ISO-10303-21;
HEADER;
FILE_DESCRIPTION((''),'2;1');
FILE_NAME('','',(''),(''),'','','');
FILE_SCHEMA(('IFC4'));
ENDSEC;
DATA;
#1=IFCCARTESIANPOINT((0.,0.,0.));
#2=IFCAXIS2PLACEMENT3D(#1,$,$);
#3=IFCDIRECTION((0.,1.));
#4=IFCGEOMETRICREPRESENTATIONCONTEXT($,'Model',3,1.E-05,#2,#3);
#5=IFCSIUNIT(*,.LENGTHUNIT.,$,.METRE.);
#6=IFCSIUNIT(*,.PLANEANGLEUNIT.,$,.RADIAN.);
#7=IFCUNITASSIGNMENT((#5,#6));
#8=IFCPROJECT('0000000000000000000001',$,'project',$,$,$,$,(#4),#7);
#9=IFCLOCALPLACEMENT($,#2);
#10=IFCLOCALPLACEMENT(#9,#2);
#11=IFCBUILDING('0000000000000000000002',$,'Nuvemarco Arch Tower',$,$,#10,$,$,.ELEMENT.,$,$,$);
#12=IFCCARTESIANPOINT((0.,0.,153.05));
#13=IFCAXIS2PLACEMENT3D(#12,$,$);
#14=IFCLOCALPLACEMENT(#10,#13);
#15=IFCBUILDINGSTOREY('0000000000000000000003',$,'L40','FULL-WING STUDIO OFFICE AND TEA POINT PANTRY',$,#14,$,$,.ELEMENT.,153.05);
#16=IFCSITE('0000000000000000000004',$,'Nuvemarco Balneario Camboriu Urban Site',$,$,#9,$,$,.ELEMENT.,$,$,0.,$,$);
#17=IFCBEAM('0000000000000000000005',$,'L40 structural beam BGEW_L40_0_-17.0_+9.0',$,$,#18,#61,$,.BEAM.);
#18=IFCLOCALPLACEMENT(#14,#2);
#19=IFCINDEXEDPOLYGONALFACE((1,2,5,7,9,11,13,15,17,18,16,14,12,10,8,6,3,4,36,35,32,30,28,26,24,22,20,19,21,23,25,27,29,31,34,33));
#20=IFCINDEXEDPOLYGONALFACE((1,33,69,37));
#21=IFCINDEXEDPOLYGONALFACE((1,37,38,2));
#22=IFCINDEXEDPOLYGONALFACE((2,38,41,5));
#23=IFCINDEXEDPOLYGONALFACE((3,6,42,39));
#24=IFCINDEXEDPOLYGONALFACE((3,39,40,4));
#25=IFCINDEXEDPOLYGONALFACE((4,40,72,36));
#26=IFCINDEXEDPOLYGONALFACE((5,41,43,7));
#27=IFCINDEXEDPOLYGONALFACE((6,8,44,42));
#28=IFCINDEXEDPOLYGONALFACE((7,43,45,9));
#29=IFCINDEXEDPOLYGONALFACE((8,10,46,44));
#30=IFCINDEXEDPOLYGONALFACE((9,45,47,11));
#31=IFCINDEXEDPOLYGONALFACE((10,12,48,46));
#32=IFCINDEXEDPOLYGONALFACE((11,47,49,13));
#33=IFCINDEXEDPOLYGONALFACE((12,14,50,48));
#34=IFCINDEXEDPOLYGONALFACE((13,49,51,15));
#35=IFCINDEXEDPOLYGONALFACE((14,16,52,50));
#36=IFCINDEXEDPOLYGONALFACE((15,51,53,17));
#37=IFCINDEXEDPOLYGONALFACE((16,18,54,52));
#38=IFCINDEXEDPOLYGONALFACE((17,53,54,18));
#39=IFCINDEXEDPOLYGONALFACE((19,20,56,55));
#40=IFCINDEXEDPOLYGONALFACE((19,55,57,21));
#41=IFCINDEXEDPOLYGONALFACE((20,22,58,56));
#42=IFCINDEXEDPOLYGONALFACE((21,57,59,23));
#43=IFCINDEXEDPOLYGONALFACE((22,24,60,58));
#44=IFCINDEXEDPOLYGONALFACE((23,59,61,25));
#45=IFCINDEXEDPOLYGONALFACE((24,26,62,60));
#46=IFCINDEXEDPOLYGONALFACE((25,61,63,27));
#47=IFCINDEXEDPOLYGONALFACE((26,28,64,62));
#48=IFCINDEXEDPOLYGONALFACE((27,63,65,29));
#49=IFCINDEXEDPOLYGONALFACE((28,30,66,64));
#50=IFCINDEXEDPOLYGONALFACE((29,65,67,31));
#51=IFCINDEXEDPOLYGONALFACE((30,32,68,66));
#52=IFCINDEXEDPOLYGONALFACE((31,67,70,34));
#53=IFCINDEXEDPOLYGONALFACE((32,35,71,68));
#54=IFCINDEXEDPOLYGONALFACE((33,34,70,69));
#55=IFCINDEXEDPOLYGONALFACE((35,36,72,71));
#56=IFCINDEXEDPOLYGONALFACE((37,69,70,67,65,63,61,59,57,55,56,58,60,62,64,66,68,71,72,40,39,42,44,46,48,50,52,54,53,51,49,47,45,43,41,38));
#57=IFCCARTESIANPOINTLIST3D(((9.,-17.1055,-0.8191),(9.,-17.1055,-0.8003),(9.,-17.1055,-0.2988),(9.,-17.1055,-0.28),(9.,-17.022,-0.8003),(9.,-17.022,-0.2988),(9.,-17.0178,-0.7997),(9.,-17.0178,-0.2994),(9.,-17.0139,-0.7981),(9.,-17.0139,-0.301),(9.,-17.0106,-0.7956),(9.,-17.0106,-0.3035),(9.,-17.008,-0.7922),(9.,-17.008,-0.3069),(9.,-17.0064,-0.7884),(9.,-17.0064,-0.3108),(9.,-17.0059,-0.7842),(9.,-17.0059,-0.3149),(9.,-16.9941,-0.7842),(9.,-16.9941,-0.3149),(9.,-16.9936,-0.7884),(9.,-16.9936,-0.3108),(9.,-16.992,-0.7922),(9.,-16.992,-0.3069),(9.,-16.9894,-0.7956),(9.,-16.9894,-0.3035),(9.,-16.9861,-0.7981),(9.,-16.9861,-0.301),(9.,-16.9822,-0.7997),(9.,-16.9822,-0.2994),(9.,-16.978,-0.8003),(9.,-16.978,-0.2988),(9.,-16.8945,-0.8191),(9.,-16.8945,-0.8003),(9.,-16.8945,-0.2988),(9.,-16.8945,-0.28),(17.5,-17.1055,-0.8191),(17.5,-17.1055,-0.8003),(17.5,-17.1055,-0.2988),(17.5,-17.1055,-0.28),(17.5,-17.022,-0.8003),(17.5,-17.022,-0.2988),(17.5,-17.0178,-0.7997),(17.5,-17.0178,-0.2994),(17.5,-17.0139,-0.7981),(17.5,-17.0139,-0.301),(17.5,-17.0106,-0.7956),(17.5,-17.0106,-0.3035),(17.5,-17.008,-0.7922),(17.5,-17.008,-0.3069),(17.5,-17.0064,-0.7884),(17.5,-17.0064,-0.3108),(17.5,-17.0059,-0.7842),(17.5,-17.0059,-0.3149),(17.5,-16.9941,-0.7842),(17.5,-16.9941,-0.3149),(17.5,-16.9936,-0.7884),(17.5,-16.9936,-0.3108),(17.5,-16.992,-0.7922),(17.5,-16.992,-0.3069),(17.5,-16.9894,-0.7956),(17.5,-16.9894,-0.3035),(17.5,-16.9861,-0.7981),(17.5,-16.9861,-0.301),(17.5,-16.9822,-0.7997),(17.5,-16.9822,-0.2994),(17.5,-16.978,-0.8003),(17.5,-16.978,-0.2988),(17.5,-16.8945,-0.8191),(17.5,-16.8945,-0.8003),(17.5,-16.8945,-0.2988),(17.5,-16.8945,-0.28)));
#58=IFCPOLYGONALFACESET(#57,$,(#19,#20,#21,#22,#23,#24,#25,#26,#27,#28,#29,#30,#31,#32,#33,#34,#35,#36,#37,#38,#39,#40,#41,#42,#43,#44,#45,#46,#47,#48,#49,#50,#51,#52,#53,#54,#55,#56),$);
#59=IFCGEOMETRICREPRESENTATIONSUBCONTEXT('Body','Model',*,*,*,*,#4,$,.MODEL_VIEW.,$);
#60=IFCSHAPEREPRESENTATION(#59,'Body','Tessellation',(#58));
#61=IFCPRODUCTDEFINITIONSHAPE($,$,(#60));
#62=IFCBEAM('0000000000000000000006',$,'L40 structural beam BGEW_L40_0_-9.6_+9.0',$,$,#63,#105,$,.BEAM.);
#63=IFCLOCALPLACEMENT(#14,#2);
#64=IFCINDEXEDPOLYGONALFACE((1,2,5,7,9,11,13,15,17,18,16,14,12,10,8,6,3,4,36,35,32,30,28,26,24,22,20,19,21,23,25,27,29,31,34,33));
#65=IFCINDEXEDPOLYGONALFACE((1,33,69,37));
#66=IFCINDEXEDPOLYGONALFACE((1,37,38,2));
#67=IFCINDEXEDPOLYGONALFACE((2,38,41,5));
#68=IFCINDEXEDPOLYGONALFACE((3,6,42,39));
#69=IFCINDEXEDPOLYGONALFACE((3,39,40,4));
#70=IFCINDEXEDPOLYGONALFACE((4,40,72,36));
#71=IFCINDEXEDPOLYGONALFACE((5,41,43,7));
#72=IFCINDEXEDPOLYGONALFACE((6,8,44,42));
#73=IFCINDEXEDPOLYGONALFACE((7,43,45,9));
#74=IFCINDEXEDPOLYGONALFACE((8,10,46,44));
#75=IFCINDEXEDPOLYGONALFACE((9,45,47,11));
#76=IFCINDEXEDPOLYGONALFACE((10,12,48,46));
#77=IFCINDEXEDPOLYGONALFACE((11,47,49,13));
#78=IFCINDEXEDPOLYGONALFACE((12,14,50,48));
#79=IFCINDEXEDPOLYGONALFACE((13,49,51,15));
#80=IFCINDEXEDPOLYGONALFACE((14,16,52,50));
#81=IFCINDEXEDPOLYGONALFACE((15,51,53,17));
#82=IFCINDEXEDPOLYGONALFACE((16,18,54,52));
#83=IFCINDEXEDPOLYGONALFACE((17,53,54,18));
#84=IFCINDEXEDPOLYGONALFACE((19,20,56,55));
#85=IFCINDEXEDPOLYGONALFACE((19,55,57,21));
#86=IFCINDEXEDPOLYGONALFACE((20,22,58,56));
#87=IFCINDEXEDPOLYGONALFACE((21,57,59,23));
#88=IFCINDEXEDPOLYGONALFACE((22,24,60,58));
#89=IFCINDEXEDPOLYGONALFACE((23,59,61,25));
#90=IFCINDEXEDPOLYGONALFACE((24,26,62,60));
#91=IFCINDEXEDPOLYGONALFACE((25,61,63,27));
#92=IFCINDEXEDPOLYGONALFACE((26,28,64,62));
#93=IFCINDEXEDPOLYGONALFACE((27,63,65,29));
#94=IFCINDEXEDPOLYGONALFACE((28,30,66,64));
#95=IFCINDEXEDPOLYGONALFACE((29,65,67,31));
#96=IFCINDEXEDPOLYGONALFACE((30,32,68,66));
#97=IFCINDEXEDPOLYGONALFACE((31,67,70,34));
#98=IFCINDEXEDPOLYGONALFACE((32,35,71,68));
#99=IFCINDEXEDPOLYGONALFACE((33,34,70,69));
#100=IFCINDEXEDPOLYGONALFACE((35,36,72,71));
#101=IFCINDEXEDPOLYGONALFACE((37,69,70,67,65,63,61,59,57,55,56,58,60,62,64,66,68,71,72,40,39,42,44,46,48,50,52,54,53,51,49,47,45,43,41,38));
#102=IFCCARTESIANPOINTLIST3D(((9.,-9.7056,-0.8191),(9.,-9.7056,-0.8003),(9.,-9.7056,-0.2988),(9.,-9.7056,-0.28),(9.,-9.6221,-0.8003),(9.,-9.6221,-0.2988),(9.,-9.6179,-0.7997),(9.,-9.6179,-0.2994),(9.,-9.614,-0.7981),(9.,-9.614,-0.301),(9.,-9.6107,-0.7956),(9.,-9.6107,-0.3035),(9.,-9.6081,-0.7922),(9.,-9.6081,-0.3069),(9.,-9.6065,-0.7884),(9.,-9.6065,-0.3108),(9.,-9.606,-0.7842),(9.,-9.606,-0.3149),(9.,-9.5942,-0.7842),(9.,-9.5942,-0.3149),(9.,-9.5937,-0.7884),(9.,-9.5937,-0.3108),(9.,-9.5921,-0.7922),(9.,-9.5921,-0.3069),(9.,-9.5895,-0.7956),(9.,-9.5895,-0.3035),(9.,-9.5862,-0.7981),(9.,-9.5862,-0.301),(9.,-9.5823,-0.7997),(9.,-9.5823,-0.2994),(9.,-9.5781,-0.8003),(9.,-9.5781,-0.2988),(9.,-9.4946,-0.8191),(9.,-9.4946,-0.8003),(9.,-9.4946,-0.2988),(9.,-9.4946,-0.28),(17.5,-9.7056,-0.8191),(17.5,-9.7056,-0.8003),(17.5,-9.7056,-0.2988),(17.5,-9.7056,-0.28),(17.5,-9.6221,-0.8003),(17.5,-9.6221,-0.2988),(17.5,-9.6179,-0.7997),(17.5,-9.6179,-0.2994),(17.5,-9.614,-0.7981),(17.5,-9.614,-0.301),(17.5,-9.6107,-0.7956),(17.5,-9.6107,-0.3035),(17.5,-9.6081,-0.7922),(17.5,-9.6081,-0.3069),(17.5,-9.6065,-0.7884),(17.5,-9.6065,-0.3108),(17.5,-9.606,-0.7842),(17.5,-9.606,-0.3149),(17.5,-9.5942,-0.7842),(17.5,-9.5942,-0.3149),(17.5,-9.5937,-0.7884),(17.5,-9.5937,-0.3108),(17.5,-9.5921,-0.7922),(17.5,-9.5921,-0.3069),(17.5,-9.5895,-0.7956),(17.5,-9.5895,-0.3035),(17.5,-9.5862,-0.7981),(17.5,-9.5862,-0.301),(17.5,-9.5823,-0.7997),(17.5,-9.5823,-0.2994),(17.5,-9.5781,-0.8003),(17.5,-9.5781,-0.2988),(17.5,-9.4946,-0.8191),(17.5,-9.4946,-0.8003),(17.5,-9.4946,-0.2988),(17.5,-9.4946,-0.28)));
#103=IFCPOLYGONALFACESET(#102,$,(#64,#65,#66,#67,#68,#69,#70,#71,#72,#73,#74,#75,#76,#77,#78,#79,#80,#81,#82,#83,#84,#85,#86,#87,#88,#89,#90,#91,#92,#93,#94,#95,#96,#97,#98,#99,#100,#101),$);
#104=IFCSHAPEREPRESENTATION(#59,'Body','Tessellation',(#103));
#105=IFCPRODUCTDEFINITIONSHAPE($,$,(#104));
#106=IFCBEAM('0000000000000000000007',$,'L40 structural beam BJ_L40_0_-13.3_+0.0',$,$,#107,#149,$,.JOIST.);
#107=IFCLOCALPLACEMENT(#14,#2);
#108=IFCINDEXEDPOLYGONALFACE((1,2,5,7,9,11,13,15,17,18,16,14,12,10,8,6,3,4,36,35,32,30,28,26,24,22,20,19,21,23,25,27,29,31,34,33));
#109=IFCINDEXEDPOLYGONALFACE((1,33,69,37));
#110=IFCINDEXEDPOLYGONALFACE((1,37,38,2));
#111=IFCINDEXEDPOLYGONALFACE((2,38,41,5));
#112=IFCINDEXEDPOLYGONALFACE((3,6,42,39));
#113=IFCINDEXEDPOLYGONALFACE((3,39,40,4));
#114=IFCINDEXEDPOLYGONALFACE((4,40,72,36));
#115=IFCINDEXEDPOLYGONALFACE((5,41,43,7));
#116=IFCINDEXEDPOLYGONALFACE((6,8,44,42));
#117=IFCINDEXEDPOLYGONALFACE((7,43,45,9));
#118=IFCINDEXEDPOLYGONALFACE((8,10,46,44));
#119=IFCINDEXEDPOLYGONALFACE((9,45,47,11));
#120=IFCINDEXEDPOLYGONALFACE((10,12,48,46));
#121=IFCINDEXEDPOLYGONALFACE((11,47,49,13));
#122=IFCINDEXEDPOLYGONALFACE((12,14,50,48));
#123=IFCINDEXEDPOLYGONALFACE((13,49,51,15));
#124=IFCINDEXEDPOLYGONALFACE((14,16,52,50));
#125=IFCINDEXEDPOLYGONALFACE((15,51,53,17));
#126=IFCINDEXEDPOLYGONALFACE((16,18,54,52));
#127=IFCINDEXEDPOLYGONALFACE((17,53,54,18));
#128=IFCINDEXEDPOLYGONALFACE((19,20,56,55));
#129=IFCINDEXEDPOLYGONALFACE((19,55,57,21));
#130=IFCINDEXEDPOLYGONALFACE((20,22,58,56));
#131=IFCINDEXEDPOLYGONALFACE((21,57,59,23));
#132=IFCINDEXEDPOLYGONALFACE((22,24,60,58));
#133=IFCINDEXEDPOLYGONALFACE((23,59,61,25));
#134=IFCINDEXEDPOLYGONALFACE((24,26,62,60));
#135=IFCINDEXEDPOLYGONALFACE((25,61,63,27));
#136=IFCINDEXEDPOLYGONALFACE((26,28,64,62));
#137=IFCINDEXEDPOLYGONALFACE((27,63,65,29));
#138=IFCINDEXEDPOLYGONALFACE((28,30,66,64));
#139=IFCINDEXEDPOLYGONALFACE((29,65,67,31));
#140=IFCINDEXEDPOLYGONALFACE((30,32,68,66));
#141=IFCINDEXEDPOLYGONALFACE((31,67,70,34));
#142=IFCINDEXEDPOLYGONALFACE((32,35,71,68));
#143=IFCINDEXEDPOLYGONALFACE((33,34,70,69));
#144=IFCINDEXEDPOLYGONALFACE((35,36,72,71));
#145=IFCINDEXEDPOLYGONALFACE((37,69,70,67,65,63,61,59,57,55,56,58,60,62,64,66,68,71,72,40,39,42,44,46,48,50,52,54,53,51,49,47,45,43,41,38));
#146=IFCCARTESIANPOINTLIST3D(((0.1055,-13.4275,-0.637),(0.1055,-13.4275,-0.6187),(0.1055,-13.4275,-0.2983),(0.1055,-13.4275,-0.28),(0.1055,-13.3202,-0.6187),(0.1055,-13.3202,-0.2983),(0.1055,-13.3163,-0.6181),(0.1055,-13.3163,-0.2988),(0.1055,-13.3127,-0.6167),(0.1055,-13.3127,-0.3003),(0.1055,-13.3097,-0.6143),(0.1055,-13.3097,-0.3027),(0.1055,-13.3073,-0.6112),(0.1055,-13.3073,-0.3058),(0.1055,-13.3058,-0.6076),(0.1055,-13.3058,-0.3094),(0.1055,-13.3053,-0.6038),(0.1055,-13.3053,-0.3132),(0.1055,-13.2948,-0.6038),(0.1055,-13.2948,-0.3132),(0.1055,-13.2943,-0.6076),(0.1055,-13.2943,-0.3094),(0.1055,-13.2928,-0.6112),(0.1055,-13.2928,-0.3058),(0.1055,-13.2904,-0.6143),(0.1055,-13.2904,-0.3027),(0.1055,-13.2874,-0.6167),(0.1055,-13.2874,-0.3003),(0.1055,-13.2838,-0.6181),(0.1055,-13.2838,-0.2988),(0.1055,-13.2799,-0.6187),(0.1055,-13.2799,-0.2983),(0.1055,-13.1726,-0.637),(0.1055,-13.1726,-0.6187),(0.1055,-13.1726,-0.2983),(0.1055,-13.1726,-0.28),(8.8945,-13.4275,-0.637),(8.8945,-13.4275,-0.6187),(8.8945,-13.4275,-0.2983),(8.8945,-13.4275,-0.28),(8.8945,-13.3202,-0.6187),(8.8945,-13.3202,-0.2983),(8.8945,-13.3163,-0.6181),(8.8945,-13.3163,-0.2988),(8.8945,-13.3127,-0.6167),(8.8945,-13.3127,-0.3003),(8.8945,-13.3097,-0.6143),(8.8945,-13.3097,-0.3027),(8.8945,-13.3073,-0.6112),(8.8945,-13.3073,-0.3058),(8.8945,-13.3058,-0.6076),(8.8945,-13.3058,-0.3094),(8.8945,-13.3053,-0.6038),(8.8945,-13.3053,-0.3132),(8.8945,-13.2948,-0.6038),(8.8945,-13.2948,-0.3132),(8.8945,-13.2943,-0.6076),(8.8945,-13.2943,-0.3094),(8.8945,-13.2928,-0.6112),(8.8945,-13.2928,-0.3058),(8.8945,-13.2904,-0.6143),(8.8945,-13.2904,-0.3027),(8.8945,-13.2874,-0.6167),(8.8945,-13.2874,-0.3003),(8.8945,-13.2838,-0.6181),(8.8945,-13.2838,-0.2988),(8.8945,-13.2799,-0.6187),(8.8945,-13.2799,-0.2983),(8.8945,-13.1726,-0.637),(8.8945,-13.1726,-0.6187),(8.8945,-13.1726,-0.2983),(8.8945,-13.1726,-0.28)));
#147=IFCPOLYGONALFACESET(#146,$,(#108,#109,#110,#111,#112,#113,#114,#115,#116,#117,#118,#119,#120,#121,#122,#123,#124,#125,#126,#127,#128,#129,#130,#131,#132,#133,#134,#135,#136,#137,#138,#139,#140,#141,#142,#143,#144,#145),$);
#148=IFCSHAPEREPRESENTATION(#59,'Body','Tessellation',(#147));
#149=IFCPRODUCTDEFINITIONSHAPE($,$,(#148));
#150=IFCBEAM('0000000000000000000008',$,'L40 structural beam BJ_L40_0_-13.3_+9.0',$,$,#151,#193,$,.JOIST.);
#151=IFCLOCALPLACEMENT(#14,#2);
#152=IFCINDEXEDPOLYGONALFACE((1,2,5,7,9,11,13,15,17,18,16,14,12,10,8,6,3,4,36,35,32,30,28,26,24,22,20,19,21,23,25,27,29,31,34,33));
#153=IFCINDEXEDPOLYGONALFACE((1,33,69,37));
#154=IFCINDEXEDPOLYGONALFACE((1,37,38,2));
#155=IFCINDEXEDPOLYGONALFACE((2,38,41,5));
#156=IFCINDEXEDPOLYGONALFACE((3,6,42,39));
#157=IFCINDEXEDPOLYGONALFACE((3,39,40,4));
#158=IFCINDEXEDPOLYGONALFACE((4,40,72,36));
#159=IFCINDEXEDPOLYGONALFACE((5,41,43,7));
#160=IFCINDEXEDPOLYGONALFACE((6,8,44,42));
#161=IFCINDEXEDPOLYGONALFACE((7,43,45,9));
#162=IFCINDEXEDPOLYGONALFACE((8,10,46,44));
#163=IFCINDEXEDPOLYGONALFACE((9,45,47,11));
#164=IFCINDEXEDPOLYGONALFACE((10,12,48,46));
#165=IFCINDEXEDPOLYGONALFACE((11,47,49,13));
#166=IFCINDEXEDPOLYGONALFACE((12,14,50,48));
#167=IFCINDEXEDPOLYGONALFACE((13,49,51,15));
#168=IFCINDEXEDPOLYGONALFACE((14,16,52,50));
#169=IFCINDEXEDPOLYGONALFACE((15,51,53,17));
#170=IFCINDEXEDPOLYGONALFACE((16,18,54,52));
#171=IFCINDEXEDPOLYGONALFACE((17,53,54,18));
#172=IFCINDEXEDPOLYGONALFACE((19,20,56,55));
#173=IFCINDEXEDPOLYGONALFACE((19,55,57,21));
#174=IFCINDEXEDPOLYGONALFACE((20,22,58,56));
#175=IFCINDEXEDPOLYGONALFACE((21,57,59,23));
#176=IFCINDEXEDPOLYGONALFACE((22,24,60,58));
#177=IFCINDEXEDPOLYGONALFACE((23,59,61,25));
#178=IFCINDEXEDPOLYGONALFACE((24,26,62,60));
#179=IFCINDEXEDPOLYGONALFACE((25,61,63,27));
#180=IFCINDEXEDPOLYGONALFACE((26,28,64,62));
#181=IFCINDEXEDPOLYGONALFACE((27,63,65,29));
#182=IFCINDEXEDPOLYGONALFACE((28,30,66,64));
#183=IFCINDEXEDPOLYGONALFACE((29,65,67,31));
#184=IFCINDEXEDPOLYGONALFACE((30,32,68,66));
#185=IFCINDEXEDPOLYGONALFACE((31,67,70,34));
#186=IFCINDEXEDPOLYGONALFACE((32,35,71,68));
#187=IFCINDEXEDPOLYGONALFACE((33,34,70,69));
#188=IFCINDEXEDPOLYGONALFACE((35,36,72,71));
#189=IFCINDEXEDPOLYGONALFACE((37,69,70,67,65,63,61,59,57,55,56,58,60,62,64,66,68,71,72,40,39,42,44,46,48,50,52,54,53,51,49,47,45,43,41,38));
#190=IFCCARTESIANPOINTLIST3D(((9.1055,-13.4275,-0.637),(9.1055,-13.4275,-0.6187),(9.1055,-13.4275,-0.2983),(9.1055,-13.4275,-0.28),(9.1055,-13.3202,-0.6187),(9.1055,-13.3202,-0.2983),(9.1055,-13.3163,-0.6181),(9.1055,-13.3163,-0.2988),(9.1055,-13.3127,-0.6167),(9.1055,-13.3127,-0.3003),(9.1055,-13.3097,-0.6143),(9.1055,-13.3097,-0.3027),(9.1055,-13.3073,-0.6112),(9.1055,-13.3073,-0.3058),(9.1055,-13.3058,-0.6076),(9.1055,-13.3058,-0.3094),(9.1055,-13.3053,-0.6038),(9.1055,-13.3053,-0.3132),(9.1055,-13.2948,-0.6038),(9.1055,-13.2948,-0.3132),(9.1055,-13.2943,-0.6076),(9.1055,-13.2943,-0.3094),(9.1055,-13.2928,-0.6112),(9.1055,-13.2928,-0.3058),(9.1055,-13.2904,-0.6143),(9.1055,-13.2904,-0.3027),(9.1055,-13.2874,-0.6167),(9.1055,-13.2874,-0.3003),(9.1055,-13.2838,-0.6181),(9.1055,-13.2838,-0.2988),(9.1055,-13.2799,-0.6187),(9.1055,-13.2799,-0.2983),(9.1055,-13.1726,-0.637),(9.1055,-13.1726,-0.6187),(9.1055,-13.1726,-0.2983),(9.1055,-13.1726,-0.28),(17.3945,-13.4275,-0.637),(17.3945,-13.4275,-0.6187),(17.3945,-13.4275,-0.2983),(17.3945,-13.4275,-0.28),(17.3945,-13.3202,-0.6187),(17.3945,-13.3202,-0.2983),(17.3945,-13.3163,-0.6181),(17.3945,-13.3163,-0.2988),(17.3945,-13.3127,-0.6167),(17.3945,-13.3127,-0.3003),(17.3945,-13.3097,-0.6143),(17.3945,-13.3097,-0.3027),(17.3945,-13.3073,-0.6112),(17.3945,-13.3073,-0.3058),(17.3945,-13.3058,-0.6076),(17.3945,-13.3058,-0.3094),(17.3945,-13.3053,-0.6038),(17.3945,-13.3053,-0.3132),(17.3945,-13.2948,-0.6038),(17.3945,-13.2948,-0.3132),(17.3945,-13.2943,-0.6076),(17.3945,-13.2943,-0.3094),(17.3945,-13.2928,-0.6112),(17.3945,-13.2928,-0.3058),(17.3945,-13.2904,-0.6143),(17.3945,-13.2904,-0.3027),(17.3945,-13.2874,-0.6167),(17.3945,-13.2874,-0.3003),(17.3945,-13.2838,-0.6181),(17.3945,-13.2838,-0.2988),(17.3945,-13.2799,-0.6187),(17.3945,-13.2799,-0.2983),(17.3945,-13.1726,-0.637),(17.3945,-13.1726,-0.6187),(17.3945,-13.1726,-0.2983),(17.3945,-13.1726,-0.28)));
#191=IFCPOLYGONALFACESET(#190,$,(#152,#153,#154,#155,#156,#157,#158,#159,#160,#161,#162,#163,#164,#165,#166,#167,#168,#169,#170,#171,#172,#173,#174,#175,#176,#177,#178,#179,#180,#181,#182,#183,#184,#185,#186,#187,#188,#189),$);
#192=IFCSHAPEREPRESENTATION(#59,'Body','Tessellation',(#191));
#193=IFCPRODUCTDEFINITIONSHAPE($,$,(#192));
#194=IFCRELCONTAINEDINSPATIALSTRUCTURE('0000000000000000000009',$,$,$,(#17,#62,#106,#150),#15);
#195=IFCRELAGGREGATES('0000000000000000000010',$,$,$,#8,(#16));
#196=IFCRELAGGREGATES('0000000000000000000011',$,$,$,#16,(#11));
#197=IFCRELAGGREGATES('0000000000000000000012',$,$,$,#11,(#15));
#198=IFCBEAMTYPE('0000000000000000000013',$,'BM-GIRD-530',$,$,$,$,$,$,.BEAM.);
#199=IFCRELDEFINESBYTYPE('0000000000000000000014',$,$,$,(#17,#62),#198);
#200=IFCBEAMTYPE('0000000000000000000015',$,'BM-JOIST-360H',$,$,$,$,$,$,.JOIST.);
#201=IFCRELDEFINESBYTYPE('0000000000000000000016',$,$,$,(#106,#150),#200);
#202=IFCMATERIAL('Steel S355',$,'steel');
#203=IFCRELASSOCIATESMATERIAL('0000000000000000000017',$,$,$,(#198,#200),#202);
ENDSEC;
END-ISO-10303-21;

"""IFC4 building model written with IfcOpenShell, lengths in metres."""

from ifc_helpers import new_model, si_unit, direction, frame, origin, origin_2d, place, context, subcontext, project, spatial, i_section, extrude, material, material_profile, profile_set, type_object, element, save


model = new_model("IFC4")

# Units and contexts
model_context = context("Model", 3, precision=1e-05, world=origin(), true_north=direction((0.0, 1.0)))
body_context = subcontext(model_context, "Body", "Model", "MODEL_VIEW")
ifc_project = project(units=[si_unit("LENGTHUNIT", "METRE"), si_unit("PLANEANGLEUNIT", "RADIAN")], contexts=[model_context])

# Site, building, storey
site_placement = place(None, origin())
site = spatial("IfcSite", under=ifc_project, at=site_placement, Name="Nuvemarco Balneario Camboriu Urban Site", CompositionType="ELEMENT", RefElevation=0.0)
building_placement = place(site_placement, origin())
building = spatial("IfcBuilding", under=site, at=building_placement, Name="Nuvemarco Arch Tower", CompositionType="ELEMENT")
storey_placement = place(building_placement, frame((0.0, 0.0, 153.05)))
storey = spatial("IfcBuildingStorey", under=building, at=storey_placement, Name="L40", Description="FULL-WING STUDIO OFFICE AND TEA POINT PANTRY", CompositionType="ELEMENT", Elevation=153.05)

# Shared definitions
ifc_material_1 = material(Name="Steel S355", Category="steel")

# Beams
ifc_material_profile_1 = material_profile(ifc_material_1, i_section(OverallWidth=0.2109, OverallDepth=0.5391, WebThickness=0.0117, FlangeThickness=0.0188, FilletRadius=0.0161, at=origin_2d()), Name="W530x109")
ifc_profile_set_1 = profile_set([ifc_material_profile_1], Name="Steel S355")
beam_type_1 = type_object("IfcBeamType", Name="BM-GIRD-530", PredefinedType="BEAM", material=ifc_profile_set_1)
for number, where, z_axis, x_axis, name in (
    (1, (9.0, -17.0, -0.5496), (1.0, 0.0, 0.0), (0.0, 1.0, 0.0), "L40 structural beam BGEW_L40_0_-17.0_+9.0"),
    (2, (9.0, -9.6001, -0.5496), (1.0, 0.0, 0.0), (0.0, 1.0, 0.0), "L40 structural beam BGEW_L40_0_-9.6_+9.0"),
):
    element("IfcBeam", number, at=place(storey_placement, frame(where, z_axis=z_axis, x_axis=x_axis)), inside=storey, type_object=beam_type_1, Name=name, PredefinedType="BEAM", context=body_context, shape_type="SweptSolid", body=[
        extrude(i_section(OverallWidth=0.2109, OverallDepth=0.5391, WebThickness=0.0117, FlangeThickness=0.0188, FilletRadius=0.0161, at=origin_2d()), origin(), (0.0, 0.0, 1.0), 8.5),
    ])
ifc_material_profile_2 = material_profile(ifc_material_1, i_section(OverallWidth=0.2549, OverallDepth=0.3569, WebThickness=0.0105, FlangeThickness=0.0183, FilletRadius=0.0149, at=origin_2d()), Name="W360x101")
ifc_profile_set_2 = profile_set([ifc_material_profile_2], Name="Steel S355")
beam_type_2 = type_object("IfcBeamType", Name="BM-JOIST-360H", PredefinedType="JOIST", material=ifc_profile_set_2)
beam_1_placement = place(storey_placement, frame((0.1055, -13.3, -0.4585), z_axis=(1.0, 0.0, 0.0), x_axis=(0.0, 1.0, 0.0)))
element("IfcBeam", 3, at=beam_1_placement, inside=storey, type_object=beam_type_2, Name="L40 structural beam BJ_L40_0_-13.3_+0.0", PredefinedType="JOIST", context=body_context, shape_type="SweptSolid", body=[
    extrude(i_section(OverallWidth=0.2549, OverallDepth=0.3569, WebThickness=0.0105, FlangeThickness=0.0183, FilletRadius=0.0149, at=origin_2d()), origin(), (0.0, 0.0, 1.0), 8.7891),
])
beam_2_placement = place(storey_placement, frame((9.1055, -13.3, -0.4585), z_axis=(1.0, 0.0, 0.0), x_axis=(0.0, 1.0, 0.0)))
element("IfcBeam", 4, at=beam_2_placement, inside=storey, type_object=beam_type_2, Name="L40 structural beam BJ_L40_0_-13.3_+9.0", PredefinedType="JOIST", context=body_context, shape_type="SweptSolid", body=[
    extrude(i_section(OverallWidth=0.2549, OverallDepth=0.3569, WebThickness=0.0105, FlangeThickness=0.0183, FilletRadius=0.0149, at=origin_2d()), origin(), (0.0, 0.0, 1.0), 8.2891),
])

save(model, "model.ifc")
